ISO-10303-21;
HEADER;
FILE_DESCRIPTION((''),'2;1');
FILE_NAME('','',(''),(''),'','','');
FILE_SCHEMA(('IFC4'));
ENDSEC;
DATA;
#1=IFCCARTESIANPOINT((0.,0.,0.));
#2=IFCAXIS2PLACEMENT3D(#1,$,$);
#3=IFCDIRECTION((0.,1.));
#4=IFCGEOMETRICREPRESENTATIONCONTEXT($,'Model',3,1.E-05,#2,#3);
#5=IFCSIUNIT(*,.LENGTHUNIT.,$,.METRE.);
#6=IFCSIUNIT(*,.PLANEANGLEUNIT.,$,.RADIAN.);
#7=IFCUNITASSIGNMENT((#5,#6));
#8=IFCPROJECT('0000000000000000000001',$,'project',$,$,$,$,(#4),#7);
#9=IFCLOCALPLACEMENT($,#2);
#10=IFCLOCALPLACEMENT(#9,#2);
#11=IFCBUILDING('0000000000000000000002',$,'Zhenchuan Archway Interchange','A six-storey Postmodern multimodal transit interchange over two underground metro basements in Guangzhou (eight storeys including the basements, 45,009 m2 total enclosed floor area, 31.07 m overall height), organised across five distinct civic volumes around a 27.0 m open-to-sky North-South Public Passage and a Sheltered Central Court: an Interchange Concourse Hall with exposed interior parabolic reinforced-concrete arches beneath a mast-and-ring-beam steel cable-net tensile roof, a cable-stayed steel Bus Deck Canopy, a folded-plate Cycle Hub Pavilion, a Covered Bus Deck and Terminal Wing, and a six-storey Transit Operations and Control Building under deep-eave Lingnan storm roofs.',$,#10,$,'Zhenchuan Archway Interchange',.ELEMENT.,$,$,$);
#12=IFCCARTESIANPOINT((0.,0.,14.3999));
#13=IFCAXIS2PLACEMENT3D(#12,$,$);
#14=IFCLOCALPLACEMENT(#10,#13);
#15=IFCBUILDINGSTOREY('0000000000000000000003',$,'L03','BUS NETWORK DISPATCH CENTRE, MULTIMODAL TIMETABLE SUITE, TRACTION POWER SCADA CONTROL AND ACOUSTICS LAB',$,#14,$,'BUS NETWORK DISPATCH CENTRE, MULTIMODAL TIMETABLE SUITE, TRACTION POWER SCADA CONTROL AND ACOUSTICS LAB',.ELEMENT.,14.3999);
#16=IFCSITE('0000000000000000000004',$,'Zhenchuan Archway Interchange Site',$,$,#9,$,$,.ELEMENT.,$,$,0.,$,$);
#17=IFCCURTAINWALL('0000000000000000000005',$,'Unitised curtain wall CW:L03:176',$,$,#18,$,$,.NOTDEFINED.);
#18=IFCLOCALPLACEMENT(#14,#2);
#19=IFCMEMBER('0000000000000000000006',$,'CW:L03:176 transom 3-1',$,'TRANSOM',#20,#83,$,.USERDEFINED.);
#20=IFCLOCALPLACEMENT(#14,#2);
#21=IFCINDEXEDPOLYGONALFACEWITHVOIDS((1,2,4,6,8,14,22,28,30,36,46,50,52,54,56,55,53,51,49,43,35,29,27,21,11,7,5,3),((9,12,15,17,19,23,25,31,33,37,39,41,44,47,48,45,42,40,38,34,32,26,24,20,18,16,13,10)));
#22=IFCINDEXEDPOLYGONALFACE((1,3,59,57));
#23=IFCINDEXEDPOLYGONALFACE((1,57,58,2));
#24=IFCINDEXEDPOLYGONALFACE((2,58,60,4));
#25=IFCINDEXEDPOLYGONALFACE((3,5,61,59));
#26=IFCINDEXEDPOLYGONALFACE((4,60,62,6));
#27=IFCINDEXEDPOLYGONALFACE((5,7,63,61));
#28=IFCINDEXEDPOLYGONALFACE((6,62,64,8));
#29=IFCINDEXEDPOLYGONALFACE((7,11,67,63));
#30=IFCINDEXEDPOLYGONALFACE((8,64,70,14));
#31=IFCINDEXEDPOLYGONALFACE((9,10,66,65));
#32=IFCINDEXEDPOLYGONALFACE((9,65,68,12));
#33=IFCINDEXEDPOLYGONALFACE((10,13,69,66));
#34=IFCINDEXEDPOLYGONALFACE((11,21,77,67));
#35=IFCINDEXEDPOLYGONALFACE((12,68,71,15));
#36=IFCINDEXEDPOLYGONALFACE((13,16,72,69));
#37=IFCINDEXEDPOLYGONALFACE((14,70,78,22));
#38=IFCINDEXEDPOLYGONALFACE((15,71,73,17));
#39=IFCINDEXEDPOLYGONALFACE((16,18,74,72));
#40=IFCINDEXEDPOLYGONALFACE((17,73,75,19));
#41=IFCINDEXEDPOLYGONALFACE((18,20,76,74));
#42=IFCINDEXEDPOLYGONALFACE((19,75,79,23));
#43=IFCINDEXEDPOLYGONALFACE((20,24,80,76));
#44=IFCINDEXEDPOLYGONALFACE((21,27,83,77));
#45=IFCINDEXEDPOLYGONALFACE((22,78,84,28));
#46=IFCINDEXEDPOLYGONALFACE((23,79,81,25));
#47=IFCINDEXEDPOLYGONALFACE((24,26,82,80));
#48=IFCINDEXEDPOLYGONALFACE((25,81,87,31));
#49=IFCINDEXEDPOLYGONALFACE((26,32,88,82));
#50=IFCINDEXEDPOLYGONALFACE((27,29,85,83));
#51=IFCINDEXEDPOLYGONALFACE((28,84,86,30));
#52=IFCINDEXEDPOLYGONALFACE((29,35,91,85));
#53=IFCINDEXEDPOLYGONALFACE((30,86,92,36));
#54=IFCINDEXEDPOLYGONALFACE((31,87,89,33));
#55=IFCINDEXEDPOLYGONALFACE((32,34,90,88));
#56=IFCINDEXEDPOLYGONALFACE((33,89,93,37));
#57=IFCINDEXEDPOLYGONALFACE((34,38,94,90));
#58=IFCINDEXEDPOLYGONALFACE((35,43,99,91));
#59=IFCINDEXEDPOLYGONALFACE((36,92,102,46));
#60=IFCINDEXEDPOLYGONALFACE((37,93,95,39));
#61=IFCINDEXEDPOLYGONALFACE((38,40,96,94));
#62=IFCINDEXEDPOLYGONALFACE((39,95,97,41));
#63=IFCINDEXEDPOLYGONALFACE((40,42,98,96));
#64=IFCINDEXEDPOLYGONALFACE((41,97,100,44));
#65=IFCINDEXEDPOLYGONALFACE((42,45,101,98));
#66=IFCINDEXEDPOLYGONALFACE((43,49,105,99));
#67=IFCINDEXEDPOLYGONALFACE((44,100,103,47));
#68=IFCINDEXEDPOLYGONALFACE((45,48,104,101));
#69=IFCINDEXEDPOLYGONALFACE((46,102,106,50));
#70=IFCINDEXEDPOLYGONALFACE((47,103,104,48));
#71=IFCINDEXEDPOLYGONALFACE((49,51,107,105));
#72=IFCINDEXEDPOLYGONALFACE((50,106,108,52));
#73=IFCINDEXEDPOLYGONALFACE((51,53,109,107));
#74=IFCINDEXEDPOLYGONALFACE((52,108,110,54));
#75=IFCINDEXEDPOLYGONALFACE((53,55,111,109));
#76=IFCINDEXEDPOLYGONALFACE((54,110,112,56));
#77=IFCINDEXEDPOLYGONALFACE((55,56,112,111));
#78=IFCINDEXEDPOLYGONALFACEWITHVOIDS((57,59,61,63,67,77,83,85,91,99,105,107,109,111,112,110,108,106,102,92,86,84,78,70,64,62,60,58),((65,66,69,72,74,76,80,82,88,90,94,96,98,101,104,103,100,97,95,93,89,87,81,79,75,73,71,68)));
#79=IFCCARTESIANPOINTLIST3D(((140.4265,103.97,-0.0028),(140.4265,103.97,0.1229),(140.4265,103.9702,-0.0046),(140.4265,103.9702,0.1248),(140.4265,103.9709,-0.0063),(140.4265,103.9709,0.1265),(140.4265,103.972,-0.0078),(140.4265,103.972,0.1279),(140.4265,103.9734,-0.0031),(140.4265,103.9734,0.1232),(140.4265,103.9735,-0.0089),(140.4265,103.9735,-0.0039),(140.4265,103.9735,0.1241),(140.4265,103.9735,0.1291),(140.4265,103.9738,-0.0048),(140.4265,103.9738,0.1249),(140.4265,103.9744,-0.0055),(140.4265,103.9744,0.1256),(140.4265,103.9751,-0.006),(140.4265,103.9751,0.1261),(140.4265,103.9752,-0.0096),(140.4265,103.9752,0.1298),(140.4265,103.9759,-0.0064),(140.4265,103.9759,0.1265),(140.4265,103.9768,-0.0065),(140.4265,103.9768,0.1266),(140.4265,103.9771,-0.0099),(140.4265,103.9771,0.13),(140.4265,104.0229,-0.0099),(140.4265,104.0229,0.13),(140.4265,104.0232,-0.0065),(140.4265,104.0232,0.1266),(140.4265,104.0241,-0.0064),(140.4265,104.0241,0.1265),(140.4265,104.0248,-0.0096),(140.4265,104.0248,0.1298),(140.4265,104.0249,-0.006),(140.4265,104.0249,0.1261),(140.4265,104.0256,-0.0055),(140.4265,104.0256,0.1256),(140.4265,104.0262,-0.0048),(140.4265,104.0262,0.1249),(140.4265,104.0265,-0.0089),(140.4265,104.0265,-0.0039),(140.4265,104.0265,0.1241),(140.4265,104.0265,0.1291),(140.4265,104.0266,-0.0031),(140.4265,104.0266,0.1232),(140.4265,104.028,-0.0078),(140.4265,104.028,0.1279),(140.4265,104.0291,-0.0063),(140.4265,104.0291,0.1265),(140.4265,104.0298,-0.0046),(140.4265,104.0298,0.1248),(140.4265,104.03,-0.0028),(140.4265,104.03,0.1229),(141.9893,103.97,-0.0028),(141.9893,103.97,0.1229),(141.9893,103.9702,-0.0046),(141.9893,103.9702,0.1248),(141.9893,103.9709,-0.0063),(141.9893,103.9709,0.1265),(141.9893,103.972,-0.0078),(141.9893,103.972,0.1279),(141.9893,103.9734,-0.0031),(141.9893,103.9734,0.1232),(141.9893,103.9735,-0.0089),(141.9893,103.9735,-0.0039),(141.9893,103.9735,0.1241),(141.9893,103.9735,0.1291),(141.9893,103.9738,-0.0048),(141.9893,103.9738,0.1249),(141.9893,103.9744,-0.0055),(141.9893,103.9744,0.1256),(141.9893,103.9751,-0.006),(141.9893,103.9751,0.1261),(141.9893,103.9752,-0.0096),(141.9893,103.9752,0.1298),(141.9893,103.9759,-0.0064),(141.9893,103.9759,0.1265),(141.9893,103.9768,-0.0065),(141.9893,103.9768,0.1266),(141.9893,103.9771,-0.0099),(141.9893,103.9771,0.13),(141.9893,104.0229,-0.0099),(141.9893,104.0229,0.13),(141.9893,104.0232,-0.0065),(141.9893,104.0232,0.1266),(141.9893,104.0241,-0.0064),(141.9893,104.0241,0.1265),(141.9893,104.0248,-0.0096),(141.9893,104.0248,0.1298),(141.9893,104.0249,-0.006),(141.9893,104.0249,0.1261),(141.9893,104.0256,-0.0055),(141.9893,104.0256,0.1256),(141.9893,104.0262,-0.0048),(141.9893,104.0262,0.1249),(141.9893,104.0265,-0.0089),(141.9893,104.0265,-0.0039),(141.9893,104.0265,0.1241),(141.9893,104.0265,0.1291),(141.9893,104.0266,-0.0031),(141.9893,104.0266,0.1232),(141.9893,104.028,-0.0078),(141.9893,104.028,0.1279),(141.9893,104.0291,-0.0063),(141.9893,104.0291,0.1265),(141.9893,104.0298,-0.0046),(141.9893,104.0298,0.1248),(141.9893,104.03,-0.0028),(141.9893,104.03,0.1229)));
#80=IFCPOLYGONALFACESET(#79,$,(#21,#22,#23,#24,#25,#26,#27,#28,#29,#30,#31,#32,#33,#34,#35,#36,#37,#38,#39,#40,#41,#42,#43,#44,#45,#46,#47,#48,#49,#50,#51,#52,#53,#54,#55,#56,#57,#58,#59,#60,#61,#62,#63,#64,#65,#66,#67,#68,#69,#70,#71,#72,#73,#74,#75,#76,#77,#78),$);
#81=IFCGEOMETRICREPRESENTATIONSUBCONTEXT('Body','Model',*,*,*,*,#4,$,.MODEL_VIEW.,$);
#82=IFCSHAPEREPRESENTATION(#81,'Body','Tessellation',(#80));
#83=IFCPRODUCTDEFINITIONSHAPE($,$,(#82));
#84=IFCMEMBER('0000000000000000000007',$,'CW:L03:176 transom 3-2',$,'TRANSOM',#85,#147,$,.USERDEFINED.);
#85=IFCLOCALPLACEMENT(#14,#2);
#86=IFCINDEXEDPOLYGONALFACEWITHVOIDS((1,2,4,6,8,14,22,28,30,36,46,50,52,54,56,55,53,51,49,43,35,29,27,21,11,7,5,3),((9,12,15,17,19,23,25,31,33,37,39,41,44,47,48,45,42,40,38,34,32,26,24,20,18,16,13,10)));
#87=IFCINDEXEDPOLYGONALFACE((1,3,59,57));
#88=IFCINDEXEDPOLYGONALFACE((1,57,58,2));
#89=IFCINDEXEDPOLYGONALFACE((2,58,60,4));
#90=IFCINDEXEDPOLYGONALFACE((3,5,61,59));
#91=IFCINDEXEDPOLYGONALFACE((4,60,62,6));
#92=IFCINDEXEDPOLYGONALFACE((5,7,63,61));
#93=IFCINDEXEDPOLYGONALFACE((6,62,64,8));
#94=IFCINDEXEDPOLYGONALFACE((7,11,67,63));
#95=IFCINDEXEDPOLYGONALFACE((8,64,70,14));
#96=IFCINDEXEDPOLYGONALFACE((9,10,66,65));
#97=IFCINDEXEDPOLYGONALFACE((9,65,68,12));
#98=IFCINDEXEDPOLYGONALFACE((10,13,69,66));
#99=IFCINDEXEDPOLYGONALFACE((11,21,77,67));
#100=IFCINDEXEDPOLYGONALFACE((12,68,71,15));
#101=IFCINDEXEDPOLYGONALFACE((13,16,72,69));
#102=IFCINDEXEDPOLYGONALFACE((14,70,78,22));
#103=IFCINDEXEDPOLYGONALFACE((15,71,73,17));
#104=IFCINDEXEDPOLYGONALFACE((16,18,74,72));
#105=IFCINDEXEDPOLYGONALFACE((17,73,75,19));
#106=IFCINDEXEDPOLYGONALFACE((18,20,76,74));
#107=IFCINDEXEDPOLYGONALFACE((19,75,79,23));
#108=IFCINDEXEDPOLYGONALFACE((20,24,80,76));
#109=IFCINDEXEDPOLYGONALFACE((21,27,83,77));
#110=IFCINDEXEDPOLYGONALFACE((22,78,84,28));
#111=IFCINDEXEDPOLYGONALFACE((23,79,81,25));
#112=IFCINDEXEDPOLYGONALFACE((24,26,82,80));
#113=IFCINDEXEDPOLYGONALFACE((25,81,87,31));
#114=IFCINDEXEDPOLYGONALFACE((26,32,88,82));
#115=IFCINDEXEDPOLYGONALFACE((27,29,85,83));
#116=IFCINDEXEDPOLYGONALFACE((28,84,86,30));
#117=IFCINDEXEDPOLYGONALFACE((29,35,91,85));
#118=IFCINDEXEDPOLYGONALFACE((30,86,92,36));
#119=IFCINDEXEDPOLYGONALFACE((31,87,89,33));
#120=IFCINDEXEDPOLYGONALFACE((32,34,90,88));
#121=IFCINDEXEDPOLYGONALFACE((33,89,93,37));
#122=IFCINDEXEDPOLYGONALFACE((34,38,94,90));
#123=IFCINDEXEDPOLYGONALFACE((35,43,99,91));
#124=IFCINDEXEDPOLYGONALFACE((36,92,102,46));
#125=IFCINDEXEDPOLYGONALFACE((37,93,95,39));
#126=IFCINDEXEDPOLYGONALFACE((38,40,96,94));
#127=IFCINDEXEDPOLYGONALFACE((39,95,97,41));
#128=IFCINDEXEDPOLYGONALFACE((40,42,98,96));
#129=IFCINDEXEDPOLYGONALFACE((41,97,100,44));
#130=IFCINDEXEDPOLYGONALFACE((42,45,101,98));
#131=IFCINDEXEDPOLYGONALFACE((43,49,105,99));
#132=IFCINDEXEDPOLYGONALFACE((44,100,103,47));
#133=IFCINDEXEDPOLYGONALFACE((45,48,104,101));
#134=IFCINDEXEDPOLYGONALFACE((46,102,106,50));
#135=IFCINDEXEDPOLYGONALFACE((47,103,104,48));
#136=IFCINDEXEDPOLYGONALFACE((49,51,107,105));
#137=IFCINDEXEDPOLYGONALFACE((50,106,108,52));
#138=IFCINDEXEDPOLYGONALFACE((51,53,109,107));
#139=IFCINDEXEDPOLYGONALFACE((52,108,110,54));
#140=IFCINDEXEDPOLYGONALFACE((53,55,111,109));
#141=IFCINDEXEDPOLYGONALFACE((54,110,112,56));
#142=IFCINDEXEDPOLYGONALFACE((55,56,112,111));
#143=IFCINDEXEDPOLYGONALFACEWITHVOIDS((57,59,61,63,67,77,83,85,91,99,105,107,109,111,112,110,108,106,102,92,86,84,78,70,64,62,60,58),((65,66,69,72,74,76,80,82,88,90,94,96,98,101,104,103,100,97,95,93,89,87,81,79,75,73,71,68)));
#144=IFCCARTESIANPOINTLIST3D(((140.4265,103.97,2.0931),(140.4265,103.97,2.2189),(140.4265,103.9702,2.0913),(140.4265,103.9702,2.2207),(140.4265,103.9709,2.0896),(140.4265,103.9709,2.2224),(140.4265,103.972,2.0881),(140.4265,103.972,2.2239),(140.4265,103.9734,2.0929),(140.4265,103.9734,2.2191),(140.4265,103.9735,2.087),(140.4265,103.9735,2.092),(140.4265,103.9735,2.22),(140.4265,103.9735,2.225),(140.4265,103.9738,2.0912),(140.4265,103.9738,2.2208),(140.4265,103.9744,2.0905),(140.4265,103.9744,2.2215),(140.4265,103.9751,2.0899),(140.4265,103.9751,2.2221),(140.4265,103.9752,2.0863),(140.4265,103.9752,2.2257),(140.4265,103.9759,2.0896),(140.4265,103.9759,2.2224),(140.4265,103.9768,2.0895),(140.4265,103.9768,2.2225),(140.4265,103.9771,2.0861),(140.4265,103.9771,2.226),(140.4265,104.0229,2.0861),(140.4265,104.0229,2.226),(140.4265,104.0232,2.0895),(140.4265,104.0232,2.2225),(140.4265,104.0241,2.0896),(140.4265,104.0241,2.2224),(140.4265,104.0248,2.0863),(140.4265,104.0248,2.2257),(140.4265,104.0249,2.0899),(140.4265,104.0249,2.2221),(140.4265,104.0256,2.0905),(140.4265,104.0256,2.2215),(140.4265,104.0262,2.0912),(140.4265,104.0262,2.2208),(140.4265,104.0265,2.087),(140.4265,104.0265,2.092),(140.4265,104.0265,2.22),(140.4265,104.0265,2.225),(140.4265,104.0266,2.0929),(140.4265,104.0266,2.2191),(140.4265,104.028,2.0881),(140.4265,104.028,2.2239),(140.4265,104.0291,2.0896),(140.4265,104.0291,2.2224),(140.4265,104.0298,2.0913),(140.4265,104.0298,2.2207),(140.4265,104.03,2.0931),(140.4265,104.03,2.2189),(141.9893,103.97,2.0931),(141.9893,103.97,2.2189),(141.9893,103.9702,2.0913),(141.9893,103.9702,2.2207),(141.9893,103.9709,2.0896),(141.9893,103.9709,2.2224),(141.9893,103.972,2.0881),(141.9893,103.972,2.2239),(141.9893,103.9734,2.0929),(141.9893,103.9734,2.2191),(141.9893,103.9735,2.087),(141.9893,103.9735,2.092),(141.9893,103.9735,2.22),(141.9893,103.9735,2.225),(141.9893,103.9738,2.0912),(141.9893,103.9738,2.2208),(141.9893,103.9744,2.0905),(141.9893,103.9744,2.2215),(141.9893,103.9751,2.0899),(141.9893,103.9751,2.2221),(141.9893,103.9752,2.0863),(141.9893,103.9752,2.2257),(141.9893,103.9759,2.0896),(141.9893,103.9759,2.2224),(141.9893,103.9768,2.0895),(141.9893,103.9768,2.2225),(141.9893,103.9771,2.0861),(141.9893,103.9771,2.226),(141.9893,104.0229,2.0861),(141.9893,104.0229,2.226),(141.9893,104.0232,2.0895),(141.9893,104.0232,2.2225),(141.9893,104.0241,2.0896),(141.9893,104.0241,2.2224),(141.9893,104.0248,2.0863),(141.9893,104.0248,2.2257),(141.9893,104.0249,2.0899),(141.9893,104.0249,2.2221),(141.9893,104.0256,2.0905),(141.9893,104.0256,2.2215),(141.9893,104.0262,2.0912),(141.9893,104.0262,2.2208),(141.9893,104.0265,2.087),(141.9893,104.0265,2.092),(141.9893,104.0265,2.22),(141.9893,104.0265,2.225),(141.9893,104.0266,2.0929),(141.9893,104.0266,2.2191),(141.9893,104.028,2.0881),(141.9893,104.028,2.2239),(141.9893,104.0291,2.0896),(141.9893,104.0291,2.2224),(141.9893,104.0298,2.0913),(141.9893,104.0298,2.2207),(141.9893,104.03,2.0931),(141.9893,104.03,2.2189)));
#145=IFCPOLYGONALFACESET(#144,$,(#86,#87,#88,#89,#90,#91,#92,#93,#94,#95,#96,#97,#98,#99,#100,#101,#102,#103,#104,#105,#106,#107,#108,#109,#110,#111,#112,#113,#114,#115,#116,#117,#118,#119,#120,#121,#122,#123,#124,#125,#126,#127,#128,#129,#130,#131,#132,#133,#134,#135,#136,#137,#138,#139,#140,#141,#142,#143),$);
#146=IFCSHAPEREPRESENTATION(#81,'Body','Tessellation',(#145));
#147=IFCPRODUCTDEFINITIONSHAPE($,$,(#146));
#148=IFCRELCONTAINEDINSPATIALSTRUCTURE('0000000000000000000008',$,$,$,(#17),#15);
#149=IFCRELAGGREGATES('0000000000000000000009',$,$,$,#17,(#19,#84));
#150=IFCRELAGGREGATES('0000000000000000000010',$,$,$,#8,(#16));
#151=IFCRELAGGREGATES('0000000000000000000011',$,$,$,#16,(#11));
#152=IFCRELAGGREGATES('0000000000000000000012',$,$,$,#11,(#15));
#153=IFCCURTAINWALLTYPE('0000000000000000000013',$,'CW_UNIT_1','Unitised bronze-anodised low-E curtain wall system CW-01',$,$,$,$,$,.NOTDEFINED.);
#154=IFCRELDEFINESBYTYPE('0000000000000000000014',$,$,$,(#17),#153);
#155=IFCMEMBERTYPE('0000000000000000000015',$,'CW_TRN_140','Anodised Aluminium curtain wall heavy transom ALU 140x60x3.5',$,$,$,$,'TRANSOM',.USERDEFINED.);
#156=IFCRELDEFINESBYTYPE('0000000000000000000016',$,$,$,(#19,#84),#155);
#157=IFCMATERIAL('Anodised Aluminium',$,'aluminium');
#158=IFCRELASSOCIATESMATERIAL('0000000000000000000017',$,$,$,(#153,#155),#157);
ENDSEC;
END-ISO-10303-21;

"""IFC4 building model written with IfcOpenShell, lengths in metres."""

from ifc_helpers import new_model, si_unit, direction, frame, origin, origin_2d, place, context, subcontext, project, spatial, hollow_rectangle, extrude, material, material_profile, profile_set, type_object, element, aggregate, save


model = new_model("IFC4")

# Units and contexts
model_context = context("Model", 3, precision=1e-05, world=origin(), true_north=direction((0.0, 1.0)))
body_context = subcontext(model_context, "Body", "Model", "MODEL_VIEW")
ifc_project = project(units=[si_unit("LENGTHUNIT", "METRE"), si_unit("PLANEANGLEUNIT", "RADIAN")], contexts=[model_context])

# Site, building, storey
site_placement = place(None, origin())
site = spatial("IfcSite", under=ifc_project, at=site_placement, Name="Zhenchuan Archway Interchange Site", CompositionType="ELEMENT", RefElevation=0.0)
building_placement = place(site_placement, origin())
building = spatial("IfcBuilding", under=site, at=building_placement, Name="Zhenchuan Archway Interchange", Description="A six-storey Postmodern multimodal transit interchange over two underground metro basements in Guangzhou (eight storeys including the basements, 45,009 m2 total enclosed floor area, 31.07 m overall height), organised across five distinct civic volumes around a 27.0 m open-to-sky North-South Public Passage and a Sheltered Central Court: an Interchange Concourse Hall with exposed interior parabolic reinforced-concrete arches beneath a mast-and-ring-beam steel cable-net tensile roof, a cable-stayed steel Bus Deck Canopy, a folded-plate Cycle Hub Pavilion, a Covered Bus Deck and Terminal Wing, and a six-storey Transit Operations and Control Building under deep-eave Lingnan storm roofs.", LongName="Zhenchuan Archway Interchange", CompositionType="ELEMENT")
storey_placement = place(building_placement, frame((0.0, 0.0, 14.3999)))
storey = spatial("IfcBuildingStorey", under=building, at=storey_placement, Name="L03", Description="BUS NETWORK DISPATCH CENTRE, MULTIMODAL TIMETABLE SUITE, TRACTION POWER SCADA CONTROL AND ACOUSTICS LAB", LongName="BUS NETWORK DISPATCH CENTRE, MULTIMODAL TIMETABLE SUITE, TRACTION POWER SCADA CONTROL AND ACOUSTICS LAB", CompositionType="ELEMENT", Elevation=14.3999)

# Curtain wall, members
ifc_material_1 = material(Name="Anodised Aluminium", Category="aluminium")
curtain_wall_type = type_object("IfcCurtainWallType", Name="CW_UNIT_1", Description="Unitised bronze-anodised low-E curtain wall system CW-01", PredefinedType="NOTDEFINED", material=ifc_material_1)
curtain_wall_placement = place(storey_placement, origin())
curtain_wall = element("IfcCurtainWall", 1, at=curtain_wall_placement, inside=storey, type_object=curtain_wall_type, Name="Unitised curtain wall CW:L03:176", PredefinedType="NOTDEFINED")
ifc_material_profile_1 = material_profile(ifc_material_1, hollow_rectangle(XDim=0.0601, YDim=0.1399, WallThickness=0.0034, InnerFilletRadius=0.0034, OuterFilletRadius=0.0071, at=origin_2d()), Name="ALU 140x60x3.5")
ifc_profile_set_1 = profile_set([ifc_material_profile_1], Name="Anodised Aluminium")
member_type_1 = type_object("IfcMemberType", Name="CW_TRN_140", Description="Anodised Aluminium curtain wall heavy transom ALU 140x60x3.5", ElementType="TRANSOM", PredefinedType="USERDEFINED", material=ifc_profile_set_1)
member_1_placement = place(storey_placement, frame((140.4265, 104.0, 0.0601), z_axis=(1.0, 0.0, 0.0), x_axis=(0.0, 1.0, 0.0)))
member_1 = element("IfcMember", 2, at=member_1_placement, type_object=member_type_1, Name="CW:L03:176 transom 3-1", ObjectType="TRANSOM", PredefinedType="USERDEFINED", context=body_context, shape_type="SweptSolid", body=[
    extrude(hollow_rectangle(XDim=0.0601, YDim=0.1399, WallThickness=0.0034, InnerFilletRadius=0.0034, OuterFilletRadius=0.0071, at=origin_2d()), origin(), (0.0, 0.0, 1.0), 1.5627),
])
member_2_placement = place(storey_placement, frame((140.4265, 104.0, 2.156), z_axis=(1.0, 0.0, 0.0), x_axis=(0.0, 1.0, 0.0)))
member_2 = element("IfcMember", 3, at=member_2_placement, type_object=member_type_1, Name="CW:L03:176 transom 3-2", ObjectType="TRANSOM", PredefinedType="USERDEFINED", context=body_context, shape_type="SweptSolid", body=[
    extrude(hollow_rectangle(XDim=0.0601, YDim=0.1399, WallThickness=0.0034, InnerFilletRadius=0.0034, OuterFilletRadius=0.0071, at=origin_2d()), origin(), (0.0, 0.0, 1.0), 1.5627),
])

aggregate(curtain_wall, [member_1, member_2])

save(model, "model.ifc")
